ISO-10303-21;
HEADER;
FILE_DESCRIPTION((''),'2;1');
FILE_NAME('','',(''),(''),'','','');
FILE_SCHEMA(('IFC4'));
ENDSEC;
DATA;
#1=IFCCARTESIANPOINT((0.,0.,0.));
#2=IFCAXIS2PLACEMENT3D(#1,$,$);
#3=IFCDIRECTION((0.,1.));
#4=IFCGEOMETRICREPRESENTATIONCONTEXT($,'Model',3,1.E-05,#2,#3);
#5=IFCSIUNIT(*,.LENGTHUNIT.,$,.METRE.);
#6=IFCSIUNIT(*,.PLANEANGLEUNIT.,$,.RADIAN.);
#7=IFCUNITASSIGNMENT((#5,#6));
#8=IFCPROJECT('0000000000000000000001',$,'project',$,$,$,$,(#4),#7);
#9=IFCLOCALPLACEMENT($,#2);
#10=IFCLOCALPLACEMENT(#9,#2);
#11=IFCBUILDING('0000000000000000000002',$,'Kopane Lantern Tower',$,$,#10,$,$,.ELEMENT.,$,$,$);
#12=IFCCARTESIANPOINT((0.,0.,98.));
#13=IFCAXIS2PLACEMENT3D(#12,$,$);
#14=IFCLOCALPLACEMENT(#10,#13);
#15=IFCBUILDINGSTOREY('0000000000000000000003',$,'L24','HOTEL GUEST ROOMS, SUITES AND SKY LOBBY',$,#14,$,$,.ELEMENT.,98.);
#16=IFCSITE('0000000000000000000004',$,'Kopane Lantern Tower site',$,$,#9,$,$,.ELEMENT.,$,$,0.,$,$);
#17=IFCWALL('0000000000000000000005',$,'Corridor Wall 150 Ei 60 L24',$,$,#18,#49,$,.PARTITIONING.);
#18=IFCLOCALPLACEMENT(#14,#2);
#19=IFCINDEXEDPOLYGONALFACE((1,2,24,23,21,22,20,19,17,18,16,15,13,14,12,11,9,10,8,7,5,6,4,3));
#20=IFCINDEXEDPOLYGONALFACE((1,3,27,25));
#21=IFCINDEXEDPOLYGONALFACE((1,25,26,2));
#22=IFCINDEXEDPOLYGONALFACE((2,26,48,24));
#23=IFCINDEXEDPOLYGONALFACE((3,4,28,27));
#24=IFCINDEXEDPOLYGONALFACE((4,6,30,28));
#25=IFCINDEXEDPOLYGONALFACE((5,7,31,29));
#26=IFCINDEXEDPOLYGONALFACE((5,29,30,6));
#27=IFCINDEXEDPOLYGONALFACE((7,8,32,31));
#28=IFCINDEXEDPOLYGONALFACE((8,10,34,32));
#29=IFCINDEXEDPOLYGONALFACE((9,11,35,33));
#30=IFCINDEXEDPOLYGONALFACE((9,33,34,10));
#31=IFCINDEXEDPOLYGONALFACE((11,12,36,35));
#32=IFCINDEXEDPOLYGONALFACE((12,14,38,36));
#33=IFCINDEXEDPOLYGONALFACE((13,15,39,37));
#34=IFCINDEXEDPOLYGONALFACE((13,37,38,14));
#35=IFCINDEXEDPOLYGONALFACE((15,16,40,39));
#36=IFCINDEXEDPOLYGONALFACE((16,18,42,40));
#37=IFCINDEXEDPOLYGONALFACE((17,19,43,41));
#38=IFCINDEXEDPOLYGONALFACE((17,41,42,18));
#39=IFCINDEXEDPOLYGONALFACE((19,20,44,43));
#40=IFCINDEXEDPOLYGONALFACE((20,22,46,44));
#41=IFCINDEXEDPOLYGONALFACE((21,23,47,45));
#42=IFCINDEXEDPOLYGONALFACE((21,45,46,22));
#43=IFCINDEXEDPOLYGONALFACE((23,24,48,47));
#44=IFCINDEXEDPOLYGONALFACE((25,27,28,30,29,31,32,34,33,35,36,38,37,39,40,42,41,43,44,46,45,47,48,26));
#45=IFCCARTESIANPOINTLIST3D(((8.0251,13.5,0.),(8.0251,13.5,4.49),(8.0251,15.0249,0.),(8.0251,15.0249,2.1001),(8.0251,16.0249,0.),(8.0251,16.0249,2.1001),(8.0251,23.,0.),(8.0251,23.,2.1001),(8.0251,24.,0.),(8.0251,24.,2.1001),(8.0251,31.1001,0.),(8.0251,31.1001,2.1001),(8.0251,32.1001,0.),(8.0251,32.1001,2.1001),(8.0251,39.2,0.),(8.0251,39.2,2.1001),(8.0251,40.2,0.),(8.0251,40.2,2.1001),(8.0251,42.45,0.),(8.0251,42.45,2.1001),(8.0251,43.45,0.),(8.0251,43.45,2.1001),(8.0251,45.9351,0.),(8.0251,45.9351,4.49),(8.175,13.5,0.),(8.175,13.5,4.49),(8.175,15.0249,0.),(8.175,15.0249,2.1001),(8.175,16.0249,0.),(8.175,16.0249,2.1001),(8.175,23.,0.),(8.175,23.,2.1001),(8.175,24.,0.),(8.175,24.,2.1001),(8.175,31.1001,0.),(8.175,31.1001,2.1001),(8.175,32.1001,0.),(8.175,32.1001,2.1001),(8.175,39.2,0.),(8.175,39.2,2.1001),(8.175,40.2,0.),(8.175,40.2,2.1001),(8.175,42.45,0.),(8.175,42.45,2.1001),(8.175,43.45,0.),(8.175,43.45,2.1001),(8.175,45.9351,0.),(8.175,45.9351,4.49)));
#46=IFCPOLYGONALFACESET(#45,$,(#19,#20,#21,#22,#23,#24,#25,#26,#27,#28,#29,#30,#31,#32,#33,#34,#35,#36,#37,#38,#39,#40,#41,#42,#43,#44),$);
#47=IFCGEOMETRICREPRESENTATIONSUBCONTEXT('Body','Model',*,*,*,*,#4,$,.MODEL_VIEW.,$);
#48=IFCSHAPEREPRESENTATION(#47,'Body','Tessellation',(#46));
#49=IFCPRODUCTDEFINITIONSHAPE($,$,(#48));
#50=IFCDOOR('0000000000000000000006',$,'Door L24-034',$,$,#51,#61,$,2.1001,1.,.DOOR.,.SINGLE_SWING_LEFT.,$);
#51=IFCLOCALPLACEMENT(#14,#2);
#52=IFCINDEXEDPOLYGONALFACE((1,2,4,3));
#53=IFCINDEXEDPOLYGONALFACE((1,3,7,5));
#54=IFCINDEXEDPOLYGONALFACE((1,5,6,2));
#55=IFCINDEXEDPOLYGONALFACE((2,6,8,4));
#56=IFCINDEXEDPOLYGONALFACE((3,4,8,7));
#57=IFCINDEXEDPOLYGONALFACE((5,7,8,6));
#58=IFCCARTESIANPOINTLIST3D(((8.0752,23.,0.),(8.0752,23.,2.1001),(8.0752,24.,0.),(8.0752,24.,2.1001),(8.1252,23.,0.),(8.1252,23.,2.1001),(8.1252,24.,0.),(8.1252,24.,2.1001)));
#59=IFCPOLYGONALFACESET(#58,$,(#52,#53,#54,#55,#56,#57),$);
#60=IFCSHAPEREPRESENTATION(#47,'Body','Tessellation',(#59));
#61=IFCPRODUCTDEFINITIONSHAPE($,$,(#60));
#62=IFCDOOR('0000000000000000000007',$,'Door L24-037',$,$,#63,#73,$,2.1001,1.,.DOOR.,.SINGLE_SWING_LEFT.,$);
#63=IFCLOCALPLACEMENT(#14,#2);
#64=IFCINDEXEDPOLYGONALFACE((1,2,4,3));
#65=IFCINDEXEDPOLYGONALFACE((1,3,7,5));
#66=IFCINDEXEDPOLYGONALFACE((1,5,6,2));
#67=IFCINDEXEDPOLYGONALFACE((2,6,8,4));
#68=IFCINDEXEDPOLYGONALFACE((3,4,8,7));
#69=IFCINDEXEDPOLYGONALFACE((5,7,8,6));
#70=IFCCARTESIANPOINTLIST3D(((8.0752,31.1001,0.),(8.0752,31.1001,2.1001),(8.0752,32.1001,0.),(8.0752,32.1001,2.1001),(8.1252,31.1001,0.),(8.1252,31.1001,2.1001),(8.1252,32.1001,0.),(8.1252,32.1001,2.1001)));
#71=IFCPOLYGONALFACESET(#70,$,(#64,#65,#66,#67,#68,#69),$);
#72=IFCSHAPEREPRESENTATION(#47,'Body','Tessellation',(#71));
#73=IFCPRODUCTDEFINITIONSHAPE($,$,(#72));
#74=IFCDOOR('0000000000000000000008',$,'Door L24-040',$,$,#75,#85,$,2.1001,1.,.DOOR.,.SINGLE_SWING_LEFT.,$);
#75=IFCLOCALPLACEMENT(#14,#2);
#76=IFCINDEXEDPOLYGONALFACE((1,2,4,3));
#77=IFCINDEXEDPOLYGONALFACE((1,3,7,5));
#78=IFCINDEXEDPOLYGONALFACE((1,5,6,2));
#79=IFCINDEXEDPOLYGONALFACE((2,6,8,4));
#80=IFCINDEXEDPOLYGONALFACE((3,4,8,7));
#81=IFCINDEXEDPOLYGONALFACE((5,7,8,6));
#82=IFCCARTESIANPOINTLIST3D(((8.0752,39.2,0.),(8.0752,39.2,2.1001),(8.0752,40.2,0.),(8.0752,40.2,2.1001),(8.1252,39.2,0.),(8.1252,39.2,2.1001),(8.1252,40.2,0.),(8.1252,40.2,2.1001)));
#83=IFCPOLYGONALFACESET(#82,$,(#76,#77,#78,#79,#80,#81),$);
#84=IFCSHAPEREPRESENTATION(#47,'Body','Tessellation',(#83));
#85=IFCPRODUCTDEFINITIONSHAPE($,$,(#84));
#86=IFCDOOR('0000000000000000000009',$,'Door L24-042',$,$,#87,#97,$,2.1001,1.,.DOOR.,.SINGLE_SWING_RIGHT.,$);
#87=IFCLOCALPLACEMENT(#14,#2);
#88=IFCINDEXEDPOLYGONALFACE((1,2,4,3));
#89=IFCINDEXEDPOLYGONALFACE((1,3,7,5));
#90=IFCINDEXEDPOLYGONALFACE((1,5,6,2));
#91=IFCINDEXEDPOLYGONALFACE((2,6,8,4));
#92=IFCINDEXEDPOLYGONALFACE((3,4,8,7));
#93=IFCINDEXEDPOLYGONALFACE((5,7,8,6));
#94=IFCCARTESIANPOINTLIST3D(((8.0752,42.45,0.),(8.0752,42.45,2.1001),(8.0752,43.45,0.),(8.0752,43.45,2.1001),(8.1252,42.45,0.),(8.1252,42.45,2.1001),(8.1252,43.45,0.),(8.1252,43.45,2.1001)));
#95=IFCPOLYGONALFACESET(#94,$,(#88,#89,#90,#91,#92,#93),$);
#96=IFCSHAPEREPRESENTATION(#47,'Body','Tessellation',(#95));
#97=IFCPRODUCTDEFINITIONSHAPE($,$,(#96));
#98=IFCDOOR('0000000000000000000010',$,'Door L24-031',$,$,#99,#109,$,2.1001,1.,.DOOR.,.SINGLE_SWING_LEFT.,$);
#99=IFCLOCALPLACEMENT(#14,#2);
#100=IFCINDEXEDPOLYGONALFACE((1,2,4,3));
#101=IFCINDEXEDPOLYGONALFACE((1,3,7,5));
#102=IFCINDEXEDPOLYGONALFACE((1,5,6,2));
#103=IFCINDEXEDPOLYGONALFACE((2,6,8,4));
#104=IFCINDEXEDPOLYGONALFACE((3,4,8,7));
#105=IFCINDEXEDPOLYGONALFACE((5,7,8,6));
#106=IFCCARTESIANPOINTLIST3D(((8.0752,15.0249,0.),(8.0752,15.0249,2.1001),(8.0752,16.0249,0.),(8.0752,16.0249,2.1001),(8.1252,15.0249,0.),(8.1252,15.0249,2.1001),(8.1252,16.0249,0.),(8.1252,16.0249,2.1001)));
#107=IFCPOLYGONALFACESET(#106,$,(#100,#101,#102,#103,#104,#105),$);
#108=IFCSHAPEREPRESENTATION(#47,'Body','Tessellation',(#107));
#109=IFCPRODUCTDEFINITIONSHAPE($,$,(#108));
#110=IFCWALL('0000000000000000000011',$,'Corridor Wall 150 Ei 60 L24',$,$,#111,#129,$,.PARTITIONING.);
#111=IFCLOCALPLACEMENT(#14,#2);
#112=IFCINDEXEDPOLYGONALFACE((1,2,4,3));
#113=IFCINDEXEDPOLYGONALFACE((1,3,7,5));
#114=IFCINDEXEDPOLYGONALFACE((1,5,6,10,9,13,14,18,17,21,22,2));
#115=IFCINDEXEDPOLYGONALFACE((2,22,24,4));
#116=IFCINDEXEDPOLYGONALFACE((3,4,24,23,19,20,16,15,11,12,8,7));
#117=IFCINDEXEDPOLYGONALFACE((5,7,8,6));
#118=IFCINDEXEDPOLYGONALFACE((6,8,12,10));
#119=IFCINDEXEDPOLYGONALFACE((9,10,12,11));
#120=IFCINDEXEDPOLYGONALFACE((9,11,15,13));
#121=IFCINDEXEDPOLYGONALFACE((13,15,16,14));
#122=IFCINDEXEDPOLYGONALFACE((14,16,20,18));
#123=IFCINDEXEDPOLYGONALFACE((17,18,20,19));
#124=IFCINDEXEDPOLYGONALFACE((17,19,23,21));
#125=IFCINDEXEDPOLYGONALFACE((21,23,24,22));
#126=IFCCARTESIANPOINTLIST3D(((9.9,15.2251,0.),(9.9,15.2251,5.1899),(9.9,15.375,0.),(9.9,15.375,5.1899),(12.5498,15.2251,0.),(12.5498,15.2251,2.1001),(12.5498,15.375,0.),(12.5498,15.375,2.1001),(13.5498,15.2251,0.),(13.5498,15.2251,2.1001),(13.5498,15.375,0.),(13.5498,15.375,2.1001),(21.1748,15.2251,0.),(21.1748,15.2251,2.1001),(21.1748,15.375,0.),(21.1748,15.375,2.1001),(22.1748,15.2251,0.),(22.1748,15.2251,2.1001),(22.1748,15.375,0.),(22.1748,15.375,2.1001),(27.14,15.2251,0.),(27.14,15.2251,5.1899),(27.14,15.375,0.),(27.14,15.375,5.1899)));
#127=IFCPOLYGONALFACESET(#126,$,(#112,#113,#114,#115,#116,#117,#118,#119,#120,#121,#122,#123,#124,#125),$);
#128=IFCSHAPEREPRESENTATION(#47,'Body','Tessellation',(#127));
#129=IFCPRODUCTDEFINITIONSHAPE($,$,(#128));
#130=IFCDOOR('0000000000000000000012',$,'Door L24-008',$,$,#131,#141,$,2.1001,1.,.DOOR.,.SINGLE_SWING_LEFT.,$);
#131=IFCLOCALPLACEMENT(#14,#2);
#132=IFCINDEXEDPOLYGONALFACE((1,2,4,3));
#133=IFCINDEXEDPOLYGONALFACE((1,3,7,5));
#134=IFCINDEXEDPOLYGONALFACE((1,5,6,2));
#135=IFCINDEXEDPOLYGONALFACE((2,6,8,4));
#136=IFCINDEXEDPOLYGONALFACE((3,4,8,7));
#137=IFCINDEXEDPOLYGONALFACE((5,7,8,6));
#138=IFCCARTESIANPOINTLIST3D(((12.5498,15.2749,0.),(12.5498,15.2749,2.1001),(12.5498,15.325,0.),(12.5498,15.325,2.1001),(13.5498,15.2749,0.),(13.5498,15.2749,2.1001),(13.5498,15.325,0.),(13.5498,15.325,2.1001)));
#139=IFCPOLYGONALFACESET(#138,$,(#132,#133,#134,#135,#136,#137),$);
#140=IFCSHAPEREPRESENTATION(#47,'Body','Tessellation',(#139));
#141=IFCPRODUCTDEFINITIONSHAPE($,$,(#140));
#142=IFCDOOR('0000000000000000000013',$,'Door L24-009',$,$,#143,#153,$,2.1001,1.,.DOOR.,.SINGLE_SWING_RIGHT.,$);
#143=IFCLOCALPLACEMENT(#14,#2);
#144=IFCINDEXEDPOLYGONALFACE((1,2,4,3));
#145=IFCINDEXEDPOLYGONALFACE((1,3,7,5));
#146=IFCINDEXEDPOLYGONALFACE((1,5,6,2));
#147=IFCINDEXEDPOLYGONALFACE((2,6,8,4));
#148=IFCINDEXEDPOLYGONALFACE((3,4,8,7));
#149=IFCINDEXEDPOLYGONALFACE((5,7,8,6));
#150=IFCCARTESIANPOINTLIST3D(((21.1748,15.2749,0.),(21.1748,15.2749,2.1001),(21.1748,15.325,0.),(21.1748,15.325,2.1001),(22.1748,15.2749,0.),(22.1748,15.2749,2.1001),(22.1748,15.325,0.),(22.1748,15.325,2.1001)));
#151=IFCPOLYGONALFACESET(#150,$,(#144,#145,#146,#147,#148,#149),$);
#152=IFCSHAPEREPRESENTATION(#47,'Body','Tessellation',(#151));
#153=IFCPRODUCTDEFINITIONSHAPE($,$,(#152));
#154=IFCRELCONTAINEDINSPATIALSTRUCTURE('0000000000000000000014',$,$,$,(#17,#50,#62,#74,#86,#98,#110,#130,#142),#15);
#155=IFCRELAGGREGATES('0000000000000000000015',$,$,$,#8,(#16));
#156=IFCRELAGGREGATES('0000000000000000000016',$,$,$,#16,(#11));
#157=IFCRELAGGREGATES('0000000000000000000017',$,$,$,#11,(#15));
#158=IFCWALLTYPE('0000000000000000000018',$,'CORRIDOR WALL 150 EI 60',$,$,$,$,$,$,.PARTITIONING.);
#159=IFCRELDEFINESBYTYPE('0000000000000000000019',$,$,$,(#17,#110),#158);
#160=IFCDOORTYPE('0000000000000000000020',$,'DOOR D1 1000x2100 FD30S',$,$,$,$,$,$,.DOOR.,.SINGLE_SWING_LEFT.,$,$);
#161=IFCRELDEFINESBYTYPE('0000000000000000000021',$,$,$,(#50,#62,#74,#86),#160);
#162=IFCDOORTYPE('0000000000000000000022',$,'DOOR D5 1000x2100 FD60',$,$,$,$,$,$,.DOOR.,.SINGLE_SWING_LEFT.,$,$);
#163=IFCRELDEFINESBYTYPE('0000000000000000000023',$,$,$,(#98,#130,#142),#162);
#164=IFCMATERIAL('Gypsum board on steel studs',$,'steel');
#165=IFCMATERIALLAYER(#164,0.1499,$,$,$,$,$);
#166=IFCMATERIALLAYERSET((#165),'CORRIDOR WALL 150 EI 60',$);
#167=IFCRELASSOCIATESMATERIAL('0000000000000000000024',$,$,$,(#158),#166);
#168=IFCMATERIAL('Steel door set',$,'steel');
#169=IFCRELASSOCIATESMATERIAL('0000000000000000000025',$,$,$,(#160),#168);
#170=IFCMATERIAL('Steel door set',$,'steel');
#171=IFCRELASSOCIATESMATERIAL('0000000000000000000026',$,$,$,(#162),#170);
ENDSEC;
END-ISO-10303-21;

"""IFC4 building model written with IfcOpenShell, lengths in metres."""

from ifc_helpers import new_model, si_unit, direction, frame, frame_2d, origin, place, context, subcontext, project, spatial, rectangle, extrude, material, layer, layer_set, type_object, element, fill, save


model = new_model("IFC4")

# Units and contexts
model_context = context("Model", 3, precision=1e-05, world=origin(), true_north=direction((0.0, 1.0)))
body_context = subcontext(model_context, "Body", "Model", "MODEL_VIEW")
ifc_project = project(units=[si_unit("LENGTHUNIT", "METRE"), si_unit("PLANEANGLEUNIT", "RADIAN")], contexts=[model_context])

# Site, building, storey
site_placement = place(None, origin())
site = spatial("IfcSite", under=ifc_project, at=site_placement, Name="Kopane Lantern Tower site", CompositionType="ELEMENT", RefElevation=0.0)
building_placement = place(site_placement, origin())
building = spatial("IfcBuilding", under=site, at=building_placement, Name="Kopane Lantern Tower", CompositionType="ELEMENT")
storey_placement = place(building_placement, frame((0.0, 0.0, 98.0)))
storey = spatial("IfcBuildingStorey", under=building, at=storey_placement, Name="L24", Description="HOTEL GUEST ROOMS, SUITES AND SKY LOBBY", CompositionType="ELEMENT", Elevation=98.0)

# Walls, openings, doors
ifc_material_1 = material(Name="Gypsum board on steel studs", Category="steel")
ifc_layer_1 = layer(ifc_material_1, 0.1499)
ifc_layer_set_1 = layer_set([ifc_layer_1], Name="CORRIDOR WALL 150 EI 60")
wall_type_1 = type_object("IfcWallType", Name="CORRIDOR WALL 150 EI 60", PredefinedType="PARTITIONING", material=ifc_layer_set_1)
ifc_material_2 = material(Name="Steel door set", Category="steel")
door_type_1 = type_object("IfcDoorType", Name="DOOR D1 1000x2100 FD30S", OperationType="SINGLE_SWING_LEFT", PredefinedType="DOOR", material=ifc_material_2)
ifc_material_3 = material(Name="Steel door set", Category="steel")
door_type_2 = type_object("IfcDoorType", Name="DOOR D5 1000x2100 FD60", OperationType="SINGLE_SWING_LEFT", PredefinedType="DOOR", material=ifc_material_3)
wall_1_placement = place(storey_placement, frame((8.1001, 13.5, 0.0), z_axis=(0.0, 0.0, 1.0), x_axis=(0.0, 1.0, 0.0)))
wall_1 = element("IfcWall", 1, at=wall_1_placement, inside=storey, type_object=wall_type_1, Name="Corridor Wall 150 Ei 60 L24", PredefinedType="PARTITIONING", context=body_context, shape_type="SweptSolid", body=[
    extrude(rectangle(XDim=32.4351, YDim=0.1499, at=frame_2d((16.2175, 0.0))), origin(), (0.0, 0.0, 1.0), 4.49),
])
opening_1_placement = place(wall_1_placement, frame((1.5249, 0.0, 0.0)))
opening_1 = element("IfcOpeningElement", 2, at=opening_1_placement, cuts=wall_1, PredefinedType="OPENING", context=body_context, shape_type="SweptSolid", body=[
    extrude(rectangle(XDim=1.0, YDim=2.1001, at=frame_2d((0.5, 1.05))), frame((0.0, 0.085, 0.0), z_axis=(0.0, -1.0, 0.0), x_axis=(1.0, 0.0, 0.0)), (0.0, 0.0, 1.0), 0.1699),
])
opening_2_placement = place(wall_1_placement, frame((9.5, 0.0, 0.0)))
opening_2 = element("IfcOpeningElement", 3, at=opening_2_placement, cuts=wall_1, PredefinedType="OPENING", context=body_context, shape_type="SweptSolid", body=[
    extrude(rectangle(XDim=1.0, YDim=2.1001, at=frame_2d((0.5, 1.05))), frame((0.0, 0.085, 0.0), z_axis=(0.0, -1.0, 0.0), x_axis=(1.0, 0.0, 0.0)), (0.0, 0.0, 1.0), 0.1699),
])
opening_3_placement = place(wall_1_placement, frame((17.6001, 0.0, 0.0)))
opening_3 = element("IfcOpeningElement", 4, at=opening_3_placement, cuts=wall_1, PredefinedType="OPENING", context=body_context, shape_type="SweptSolid", body=[
    extrude(rectangle(XDim=1.0, YDim=2.1001, at=frame_2d((0.5, 1.05))), frame((0.0, 0.085, 0.0), z_axis=(0.0, -1.0, 0.0), x_axis=(1.0, 0.0, 0.0)), (0.0, 0.0, 1.0), 0.1699),
])
opening_4_placement = place(wall_1_placement, frame((25.7, 0.0, 0.0)))
opening_4 = element("IfcOpeningElement", 5, at=opening_4_placement, cuts=wall_1, PredefinedType="OPENING", context=body_context, shape_type="SweptSolid", body=[
    extrude(rectangle(XDim=1.0, YDim=2.1001, at=frame_2d((0.5, 1.05))), frame((0.0, 0.085, 0.0), z_axis=(0.0, -1.0, 0.0), x_axis=(1.0, 0.0, 0.0)), (0.0, 0.0, 1.0), 0.1699),
])
opening_5_placement = place(wall_1_placement, frame((28.95, 0.0, 0.0)))
opening_5 = element("IfcOpeningElement", 6, at=opening_5_placement, cuts=wall_1, PredefinedType="OPENING", context=body_context, shape_type="SweptSolid", body=[
    extrude(rectangle(XDim=1.0, YDim=2.1001, at=frame_2d((0.5, 1.05))), frame((0.0, 0.085, 0.0), z_axis=(0.0, -1.0, 0.0), x_axis=(1.0, 0.0, 0.0)), (0.0, 0.0, 1.0), 0.1699),
])
door_1_placement = place(opening_2_placement, origin())
door_1 = element("IfcDoor", 7, at=door_1_placement, inside=storey, type_object=door_type_1, Name="Door L24-034", OperationType="SINGLE_SWING_LEFT", OverallHeight=2.1001, OverallWidth=1.0, PredefinedType="DOOR", context=body_context, shape_type="SweptSolid", body=[
    extrude(rectangle(XDim=1.0, YDim=2.1001, at=frame_2d((0.5, 1.05))), frame((0.0, 0.0249, 0.0), z_axis=(0.0, -1.0, 0.0), x_axis=(1.0, 0.0, 0.0)), (0.0, 0.0, 1.0), 0.05),
])
fill(opening_2, door_1)
door_2_placement = place(opening_3_placement, origin())
door_2 = element("IfcDoor", 8, at=door_2_placement, inside=storey, type_object=door_type_1, Name="Door L24-037", OperationType="SINGLE_SWING_LEFT", OverallHeight=2.1001, OverallWidth=1.0, PredefinedType="DOOR", context=body_context, shape_type="SweptSolid", body=[
    extrude(rectangle(XDim=1.0, YDim=2.1001, at=frame_2d((0.5, 1.05))), frame((0.0, 0.0249, 0.0), z_axis=(0.0, -1.0, 0.0), x_axis=(1.0, 0.0, 0.0)), (0.0, 0.0, 1.0), 0.05),
])
fill(opening_3, door_2)
door_3_placement = place(opening_4_placement, origin())
door_3 = element("IfcDoor", 9, at=door_3_placement, inside=storey, type_object=door_type_1, Name="Door L24-040", OperationType="SINGLE_SWING_LEFT", OverallHeight=2.1001, OverallWidth=1.0, PredefinedType="DOOR", context=body_context, shape_type="SweptSolid", body=[
    extrude(rectangle(XDim=1.0, YDim=2.1001, at=frame_2d((0.5, 1.05))), frame((0.0, 0.0249, 0.0), z_axis=(0.0, -1.0, 0.0), x_axis=(1.0, 0.0, 0.0)), (0.0, 0.0, 1.0), 0.05),
])
fill(opening_4, door_3)
door_4_placement = place(opening_5_placement, origin())
door_4 = element("IfcDoor", 10, at=door_4_placement, inside=storey, type_object=door_type_1, Name="Door L24-042", OperationType="SINGLE_SWING_RIGHT", OverallHeight=2.1001, OverallWidth=1.0, PredefinedType="DOOR", context=body_context, shape_type="SweptSolid", body=[
    extrude(rectangle(XDim=1.0, YDim=2.1001, at=frame_2d((0.5, 1.05))), frame((0.0, 0.0249, 0.0), z_axis=(0.0, -1.0, 0.0), x_axis=(1.0, 0.0, 0.0)), (0.0, 0.0, 1.0), 0.05),
])
fill(opening_5, door_4)
door_5_placement = place(opening_1_placement, origin())
door_5 = element("IfcDoor", 11, at=door_5_placement, inside=storey, type_object=door_type_2, Name="Door L24-031", OperationType="SINGLE_SWING_LEFT", OverallHeight=2.1001, OverallWidth=1.0, PredefinedType="DOOR", context=body_context, shape_type="SweptSolid", body=[
    extrude(rectangle(XDim=1.0, YDim=2.1001, at=frame_2d((0.5, 1.05))), frame((0.0, 0.0249, 0.0), z_axis=(0.0, -1.0, 0.0), x_axis=(1.0, 0.0, 0.0)), (0.0, 0.0, 1.0), 0.05),
])
fill(opening_1, door_5)
wall_2_placement = place(storey_placement, frame((9.8999, 15.3, 0.0), z_axis=(0.0, 0.0, 1.0), x_axis=(1.0, 0.0, 0.0)))
wall_2 = element("IfcWall", 12, at=wall_2_placement, inside=storey, type_object=wall_type_1, Name="Corridor Wall 150 Ei 60 L24", PredefinedType="PARTITIONING", context=body_context, shape_type="SweptSolid", body=[
    extrude(rectangle(XDim=17.24, YDim=0.1499, at=frame_2d((8.6201, 0.0))), origin(), (0.0, 0.0, 1.0), 5.1899),
])
opening_6_placement = place(wall_2_placement, frame((2.6499, 0.0, 0.0)))
opening_6 = element("IfcOpeningElement", 13, at=opening_6_placement, cuts=wall_2, PredefinedType="OPENING", context=body_context, shape_type="SweptSolid", body=[
    extrude(rectangle(XDim=1.0, YDim=2.1001, at=frame_2d((0.5, 1.05))), frame((0.0, 0.085, 0.0), z_axis=(0.0, -1.0, 0.0), x_axis=(1.0, 0.0, 0.0)), (0.0, 0.0, 1.0), 0.1699),
])
opening_7_placement = place(wall_2_placement, frame((11.2749, 0.0, 0.0)))
opening_7 = element("IfcOpeningElement", 14, at=opening_7_placement, cuts=wall_2, PredefinedType="OPENING", context=body_context, shape_type="SweptSolid", body=[
    extrude(rectangle(XDim=1.0, YDim=2.1001, at=frame_2d((0.5, 1.05))), frame((0.0, 0.085, 0.0), z_axis=(0.0, -1.0, 0.0), x_axis=(1.0, 0.0, 0.0)), (0.0, 0.0, 1.0), 0.1699),
])
door_6_placement = place(opening_6_placement, origin())
door_6 = element("IfcDoor", 15, at=door_6_placement, inside=storey, type_object=door_type_2, Name="Door L24-008", OperationType="SINGLE_SWING_LEFT", OverallHeight=2.1001, OverallWidth=1.0, PredefinedType="DOOR", context=body_context, shape_type="SweptSolid", body=[
    extrude(rectangle(XDim=1.0, YDim=2.1001, at=frame_2d((0.5, 1.05))), frame((0.0, 0.0249, 0.0), z_axis=(0.0, -1.0, 0.0), x_axis=(1.0, 0.0, 0.0)), (0.0, 0.0, 1.0), 0.05),
])
fill(opening_6, door_6)
door_7_placement = place(opening_7_placement, origin())
door_7 = element("IfcDoor", 16, at=door_7_placement, inside=storey, type_object=door_type_2, Name="Door L24-009", OperationType="SINGLE_SWING_RIGHT", OverallHeight=2.1001, OverallWidth=1.0, PredefinedType="DOOR", context=body_context, shape_type="SweptSolid", body=[
    extrude(rectangle(XDim=1.0, YDim=2.1001, at=frame_2d((0.5, 1.05))), frame((0.0, 0.0249, 0.0), z_axis=(0.0, -1.0, 0.0), x_axis=(1.0, 0.0, 0.0)), (0.0, 0.0, 1.0), 0.05),
])
fill(opening_7, door_7)

save(model, "model.ifc")
